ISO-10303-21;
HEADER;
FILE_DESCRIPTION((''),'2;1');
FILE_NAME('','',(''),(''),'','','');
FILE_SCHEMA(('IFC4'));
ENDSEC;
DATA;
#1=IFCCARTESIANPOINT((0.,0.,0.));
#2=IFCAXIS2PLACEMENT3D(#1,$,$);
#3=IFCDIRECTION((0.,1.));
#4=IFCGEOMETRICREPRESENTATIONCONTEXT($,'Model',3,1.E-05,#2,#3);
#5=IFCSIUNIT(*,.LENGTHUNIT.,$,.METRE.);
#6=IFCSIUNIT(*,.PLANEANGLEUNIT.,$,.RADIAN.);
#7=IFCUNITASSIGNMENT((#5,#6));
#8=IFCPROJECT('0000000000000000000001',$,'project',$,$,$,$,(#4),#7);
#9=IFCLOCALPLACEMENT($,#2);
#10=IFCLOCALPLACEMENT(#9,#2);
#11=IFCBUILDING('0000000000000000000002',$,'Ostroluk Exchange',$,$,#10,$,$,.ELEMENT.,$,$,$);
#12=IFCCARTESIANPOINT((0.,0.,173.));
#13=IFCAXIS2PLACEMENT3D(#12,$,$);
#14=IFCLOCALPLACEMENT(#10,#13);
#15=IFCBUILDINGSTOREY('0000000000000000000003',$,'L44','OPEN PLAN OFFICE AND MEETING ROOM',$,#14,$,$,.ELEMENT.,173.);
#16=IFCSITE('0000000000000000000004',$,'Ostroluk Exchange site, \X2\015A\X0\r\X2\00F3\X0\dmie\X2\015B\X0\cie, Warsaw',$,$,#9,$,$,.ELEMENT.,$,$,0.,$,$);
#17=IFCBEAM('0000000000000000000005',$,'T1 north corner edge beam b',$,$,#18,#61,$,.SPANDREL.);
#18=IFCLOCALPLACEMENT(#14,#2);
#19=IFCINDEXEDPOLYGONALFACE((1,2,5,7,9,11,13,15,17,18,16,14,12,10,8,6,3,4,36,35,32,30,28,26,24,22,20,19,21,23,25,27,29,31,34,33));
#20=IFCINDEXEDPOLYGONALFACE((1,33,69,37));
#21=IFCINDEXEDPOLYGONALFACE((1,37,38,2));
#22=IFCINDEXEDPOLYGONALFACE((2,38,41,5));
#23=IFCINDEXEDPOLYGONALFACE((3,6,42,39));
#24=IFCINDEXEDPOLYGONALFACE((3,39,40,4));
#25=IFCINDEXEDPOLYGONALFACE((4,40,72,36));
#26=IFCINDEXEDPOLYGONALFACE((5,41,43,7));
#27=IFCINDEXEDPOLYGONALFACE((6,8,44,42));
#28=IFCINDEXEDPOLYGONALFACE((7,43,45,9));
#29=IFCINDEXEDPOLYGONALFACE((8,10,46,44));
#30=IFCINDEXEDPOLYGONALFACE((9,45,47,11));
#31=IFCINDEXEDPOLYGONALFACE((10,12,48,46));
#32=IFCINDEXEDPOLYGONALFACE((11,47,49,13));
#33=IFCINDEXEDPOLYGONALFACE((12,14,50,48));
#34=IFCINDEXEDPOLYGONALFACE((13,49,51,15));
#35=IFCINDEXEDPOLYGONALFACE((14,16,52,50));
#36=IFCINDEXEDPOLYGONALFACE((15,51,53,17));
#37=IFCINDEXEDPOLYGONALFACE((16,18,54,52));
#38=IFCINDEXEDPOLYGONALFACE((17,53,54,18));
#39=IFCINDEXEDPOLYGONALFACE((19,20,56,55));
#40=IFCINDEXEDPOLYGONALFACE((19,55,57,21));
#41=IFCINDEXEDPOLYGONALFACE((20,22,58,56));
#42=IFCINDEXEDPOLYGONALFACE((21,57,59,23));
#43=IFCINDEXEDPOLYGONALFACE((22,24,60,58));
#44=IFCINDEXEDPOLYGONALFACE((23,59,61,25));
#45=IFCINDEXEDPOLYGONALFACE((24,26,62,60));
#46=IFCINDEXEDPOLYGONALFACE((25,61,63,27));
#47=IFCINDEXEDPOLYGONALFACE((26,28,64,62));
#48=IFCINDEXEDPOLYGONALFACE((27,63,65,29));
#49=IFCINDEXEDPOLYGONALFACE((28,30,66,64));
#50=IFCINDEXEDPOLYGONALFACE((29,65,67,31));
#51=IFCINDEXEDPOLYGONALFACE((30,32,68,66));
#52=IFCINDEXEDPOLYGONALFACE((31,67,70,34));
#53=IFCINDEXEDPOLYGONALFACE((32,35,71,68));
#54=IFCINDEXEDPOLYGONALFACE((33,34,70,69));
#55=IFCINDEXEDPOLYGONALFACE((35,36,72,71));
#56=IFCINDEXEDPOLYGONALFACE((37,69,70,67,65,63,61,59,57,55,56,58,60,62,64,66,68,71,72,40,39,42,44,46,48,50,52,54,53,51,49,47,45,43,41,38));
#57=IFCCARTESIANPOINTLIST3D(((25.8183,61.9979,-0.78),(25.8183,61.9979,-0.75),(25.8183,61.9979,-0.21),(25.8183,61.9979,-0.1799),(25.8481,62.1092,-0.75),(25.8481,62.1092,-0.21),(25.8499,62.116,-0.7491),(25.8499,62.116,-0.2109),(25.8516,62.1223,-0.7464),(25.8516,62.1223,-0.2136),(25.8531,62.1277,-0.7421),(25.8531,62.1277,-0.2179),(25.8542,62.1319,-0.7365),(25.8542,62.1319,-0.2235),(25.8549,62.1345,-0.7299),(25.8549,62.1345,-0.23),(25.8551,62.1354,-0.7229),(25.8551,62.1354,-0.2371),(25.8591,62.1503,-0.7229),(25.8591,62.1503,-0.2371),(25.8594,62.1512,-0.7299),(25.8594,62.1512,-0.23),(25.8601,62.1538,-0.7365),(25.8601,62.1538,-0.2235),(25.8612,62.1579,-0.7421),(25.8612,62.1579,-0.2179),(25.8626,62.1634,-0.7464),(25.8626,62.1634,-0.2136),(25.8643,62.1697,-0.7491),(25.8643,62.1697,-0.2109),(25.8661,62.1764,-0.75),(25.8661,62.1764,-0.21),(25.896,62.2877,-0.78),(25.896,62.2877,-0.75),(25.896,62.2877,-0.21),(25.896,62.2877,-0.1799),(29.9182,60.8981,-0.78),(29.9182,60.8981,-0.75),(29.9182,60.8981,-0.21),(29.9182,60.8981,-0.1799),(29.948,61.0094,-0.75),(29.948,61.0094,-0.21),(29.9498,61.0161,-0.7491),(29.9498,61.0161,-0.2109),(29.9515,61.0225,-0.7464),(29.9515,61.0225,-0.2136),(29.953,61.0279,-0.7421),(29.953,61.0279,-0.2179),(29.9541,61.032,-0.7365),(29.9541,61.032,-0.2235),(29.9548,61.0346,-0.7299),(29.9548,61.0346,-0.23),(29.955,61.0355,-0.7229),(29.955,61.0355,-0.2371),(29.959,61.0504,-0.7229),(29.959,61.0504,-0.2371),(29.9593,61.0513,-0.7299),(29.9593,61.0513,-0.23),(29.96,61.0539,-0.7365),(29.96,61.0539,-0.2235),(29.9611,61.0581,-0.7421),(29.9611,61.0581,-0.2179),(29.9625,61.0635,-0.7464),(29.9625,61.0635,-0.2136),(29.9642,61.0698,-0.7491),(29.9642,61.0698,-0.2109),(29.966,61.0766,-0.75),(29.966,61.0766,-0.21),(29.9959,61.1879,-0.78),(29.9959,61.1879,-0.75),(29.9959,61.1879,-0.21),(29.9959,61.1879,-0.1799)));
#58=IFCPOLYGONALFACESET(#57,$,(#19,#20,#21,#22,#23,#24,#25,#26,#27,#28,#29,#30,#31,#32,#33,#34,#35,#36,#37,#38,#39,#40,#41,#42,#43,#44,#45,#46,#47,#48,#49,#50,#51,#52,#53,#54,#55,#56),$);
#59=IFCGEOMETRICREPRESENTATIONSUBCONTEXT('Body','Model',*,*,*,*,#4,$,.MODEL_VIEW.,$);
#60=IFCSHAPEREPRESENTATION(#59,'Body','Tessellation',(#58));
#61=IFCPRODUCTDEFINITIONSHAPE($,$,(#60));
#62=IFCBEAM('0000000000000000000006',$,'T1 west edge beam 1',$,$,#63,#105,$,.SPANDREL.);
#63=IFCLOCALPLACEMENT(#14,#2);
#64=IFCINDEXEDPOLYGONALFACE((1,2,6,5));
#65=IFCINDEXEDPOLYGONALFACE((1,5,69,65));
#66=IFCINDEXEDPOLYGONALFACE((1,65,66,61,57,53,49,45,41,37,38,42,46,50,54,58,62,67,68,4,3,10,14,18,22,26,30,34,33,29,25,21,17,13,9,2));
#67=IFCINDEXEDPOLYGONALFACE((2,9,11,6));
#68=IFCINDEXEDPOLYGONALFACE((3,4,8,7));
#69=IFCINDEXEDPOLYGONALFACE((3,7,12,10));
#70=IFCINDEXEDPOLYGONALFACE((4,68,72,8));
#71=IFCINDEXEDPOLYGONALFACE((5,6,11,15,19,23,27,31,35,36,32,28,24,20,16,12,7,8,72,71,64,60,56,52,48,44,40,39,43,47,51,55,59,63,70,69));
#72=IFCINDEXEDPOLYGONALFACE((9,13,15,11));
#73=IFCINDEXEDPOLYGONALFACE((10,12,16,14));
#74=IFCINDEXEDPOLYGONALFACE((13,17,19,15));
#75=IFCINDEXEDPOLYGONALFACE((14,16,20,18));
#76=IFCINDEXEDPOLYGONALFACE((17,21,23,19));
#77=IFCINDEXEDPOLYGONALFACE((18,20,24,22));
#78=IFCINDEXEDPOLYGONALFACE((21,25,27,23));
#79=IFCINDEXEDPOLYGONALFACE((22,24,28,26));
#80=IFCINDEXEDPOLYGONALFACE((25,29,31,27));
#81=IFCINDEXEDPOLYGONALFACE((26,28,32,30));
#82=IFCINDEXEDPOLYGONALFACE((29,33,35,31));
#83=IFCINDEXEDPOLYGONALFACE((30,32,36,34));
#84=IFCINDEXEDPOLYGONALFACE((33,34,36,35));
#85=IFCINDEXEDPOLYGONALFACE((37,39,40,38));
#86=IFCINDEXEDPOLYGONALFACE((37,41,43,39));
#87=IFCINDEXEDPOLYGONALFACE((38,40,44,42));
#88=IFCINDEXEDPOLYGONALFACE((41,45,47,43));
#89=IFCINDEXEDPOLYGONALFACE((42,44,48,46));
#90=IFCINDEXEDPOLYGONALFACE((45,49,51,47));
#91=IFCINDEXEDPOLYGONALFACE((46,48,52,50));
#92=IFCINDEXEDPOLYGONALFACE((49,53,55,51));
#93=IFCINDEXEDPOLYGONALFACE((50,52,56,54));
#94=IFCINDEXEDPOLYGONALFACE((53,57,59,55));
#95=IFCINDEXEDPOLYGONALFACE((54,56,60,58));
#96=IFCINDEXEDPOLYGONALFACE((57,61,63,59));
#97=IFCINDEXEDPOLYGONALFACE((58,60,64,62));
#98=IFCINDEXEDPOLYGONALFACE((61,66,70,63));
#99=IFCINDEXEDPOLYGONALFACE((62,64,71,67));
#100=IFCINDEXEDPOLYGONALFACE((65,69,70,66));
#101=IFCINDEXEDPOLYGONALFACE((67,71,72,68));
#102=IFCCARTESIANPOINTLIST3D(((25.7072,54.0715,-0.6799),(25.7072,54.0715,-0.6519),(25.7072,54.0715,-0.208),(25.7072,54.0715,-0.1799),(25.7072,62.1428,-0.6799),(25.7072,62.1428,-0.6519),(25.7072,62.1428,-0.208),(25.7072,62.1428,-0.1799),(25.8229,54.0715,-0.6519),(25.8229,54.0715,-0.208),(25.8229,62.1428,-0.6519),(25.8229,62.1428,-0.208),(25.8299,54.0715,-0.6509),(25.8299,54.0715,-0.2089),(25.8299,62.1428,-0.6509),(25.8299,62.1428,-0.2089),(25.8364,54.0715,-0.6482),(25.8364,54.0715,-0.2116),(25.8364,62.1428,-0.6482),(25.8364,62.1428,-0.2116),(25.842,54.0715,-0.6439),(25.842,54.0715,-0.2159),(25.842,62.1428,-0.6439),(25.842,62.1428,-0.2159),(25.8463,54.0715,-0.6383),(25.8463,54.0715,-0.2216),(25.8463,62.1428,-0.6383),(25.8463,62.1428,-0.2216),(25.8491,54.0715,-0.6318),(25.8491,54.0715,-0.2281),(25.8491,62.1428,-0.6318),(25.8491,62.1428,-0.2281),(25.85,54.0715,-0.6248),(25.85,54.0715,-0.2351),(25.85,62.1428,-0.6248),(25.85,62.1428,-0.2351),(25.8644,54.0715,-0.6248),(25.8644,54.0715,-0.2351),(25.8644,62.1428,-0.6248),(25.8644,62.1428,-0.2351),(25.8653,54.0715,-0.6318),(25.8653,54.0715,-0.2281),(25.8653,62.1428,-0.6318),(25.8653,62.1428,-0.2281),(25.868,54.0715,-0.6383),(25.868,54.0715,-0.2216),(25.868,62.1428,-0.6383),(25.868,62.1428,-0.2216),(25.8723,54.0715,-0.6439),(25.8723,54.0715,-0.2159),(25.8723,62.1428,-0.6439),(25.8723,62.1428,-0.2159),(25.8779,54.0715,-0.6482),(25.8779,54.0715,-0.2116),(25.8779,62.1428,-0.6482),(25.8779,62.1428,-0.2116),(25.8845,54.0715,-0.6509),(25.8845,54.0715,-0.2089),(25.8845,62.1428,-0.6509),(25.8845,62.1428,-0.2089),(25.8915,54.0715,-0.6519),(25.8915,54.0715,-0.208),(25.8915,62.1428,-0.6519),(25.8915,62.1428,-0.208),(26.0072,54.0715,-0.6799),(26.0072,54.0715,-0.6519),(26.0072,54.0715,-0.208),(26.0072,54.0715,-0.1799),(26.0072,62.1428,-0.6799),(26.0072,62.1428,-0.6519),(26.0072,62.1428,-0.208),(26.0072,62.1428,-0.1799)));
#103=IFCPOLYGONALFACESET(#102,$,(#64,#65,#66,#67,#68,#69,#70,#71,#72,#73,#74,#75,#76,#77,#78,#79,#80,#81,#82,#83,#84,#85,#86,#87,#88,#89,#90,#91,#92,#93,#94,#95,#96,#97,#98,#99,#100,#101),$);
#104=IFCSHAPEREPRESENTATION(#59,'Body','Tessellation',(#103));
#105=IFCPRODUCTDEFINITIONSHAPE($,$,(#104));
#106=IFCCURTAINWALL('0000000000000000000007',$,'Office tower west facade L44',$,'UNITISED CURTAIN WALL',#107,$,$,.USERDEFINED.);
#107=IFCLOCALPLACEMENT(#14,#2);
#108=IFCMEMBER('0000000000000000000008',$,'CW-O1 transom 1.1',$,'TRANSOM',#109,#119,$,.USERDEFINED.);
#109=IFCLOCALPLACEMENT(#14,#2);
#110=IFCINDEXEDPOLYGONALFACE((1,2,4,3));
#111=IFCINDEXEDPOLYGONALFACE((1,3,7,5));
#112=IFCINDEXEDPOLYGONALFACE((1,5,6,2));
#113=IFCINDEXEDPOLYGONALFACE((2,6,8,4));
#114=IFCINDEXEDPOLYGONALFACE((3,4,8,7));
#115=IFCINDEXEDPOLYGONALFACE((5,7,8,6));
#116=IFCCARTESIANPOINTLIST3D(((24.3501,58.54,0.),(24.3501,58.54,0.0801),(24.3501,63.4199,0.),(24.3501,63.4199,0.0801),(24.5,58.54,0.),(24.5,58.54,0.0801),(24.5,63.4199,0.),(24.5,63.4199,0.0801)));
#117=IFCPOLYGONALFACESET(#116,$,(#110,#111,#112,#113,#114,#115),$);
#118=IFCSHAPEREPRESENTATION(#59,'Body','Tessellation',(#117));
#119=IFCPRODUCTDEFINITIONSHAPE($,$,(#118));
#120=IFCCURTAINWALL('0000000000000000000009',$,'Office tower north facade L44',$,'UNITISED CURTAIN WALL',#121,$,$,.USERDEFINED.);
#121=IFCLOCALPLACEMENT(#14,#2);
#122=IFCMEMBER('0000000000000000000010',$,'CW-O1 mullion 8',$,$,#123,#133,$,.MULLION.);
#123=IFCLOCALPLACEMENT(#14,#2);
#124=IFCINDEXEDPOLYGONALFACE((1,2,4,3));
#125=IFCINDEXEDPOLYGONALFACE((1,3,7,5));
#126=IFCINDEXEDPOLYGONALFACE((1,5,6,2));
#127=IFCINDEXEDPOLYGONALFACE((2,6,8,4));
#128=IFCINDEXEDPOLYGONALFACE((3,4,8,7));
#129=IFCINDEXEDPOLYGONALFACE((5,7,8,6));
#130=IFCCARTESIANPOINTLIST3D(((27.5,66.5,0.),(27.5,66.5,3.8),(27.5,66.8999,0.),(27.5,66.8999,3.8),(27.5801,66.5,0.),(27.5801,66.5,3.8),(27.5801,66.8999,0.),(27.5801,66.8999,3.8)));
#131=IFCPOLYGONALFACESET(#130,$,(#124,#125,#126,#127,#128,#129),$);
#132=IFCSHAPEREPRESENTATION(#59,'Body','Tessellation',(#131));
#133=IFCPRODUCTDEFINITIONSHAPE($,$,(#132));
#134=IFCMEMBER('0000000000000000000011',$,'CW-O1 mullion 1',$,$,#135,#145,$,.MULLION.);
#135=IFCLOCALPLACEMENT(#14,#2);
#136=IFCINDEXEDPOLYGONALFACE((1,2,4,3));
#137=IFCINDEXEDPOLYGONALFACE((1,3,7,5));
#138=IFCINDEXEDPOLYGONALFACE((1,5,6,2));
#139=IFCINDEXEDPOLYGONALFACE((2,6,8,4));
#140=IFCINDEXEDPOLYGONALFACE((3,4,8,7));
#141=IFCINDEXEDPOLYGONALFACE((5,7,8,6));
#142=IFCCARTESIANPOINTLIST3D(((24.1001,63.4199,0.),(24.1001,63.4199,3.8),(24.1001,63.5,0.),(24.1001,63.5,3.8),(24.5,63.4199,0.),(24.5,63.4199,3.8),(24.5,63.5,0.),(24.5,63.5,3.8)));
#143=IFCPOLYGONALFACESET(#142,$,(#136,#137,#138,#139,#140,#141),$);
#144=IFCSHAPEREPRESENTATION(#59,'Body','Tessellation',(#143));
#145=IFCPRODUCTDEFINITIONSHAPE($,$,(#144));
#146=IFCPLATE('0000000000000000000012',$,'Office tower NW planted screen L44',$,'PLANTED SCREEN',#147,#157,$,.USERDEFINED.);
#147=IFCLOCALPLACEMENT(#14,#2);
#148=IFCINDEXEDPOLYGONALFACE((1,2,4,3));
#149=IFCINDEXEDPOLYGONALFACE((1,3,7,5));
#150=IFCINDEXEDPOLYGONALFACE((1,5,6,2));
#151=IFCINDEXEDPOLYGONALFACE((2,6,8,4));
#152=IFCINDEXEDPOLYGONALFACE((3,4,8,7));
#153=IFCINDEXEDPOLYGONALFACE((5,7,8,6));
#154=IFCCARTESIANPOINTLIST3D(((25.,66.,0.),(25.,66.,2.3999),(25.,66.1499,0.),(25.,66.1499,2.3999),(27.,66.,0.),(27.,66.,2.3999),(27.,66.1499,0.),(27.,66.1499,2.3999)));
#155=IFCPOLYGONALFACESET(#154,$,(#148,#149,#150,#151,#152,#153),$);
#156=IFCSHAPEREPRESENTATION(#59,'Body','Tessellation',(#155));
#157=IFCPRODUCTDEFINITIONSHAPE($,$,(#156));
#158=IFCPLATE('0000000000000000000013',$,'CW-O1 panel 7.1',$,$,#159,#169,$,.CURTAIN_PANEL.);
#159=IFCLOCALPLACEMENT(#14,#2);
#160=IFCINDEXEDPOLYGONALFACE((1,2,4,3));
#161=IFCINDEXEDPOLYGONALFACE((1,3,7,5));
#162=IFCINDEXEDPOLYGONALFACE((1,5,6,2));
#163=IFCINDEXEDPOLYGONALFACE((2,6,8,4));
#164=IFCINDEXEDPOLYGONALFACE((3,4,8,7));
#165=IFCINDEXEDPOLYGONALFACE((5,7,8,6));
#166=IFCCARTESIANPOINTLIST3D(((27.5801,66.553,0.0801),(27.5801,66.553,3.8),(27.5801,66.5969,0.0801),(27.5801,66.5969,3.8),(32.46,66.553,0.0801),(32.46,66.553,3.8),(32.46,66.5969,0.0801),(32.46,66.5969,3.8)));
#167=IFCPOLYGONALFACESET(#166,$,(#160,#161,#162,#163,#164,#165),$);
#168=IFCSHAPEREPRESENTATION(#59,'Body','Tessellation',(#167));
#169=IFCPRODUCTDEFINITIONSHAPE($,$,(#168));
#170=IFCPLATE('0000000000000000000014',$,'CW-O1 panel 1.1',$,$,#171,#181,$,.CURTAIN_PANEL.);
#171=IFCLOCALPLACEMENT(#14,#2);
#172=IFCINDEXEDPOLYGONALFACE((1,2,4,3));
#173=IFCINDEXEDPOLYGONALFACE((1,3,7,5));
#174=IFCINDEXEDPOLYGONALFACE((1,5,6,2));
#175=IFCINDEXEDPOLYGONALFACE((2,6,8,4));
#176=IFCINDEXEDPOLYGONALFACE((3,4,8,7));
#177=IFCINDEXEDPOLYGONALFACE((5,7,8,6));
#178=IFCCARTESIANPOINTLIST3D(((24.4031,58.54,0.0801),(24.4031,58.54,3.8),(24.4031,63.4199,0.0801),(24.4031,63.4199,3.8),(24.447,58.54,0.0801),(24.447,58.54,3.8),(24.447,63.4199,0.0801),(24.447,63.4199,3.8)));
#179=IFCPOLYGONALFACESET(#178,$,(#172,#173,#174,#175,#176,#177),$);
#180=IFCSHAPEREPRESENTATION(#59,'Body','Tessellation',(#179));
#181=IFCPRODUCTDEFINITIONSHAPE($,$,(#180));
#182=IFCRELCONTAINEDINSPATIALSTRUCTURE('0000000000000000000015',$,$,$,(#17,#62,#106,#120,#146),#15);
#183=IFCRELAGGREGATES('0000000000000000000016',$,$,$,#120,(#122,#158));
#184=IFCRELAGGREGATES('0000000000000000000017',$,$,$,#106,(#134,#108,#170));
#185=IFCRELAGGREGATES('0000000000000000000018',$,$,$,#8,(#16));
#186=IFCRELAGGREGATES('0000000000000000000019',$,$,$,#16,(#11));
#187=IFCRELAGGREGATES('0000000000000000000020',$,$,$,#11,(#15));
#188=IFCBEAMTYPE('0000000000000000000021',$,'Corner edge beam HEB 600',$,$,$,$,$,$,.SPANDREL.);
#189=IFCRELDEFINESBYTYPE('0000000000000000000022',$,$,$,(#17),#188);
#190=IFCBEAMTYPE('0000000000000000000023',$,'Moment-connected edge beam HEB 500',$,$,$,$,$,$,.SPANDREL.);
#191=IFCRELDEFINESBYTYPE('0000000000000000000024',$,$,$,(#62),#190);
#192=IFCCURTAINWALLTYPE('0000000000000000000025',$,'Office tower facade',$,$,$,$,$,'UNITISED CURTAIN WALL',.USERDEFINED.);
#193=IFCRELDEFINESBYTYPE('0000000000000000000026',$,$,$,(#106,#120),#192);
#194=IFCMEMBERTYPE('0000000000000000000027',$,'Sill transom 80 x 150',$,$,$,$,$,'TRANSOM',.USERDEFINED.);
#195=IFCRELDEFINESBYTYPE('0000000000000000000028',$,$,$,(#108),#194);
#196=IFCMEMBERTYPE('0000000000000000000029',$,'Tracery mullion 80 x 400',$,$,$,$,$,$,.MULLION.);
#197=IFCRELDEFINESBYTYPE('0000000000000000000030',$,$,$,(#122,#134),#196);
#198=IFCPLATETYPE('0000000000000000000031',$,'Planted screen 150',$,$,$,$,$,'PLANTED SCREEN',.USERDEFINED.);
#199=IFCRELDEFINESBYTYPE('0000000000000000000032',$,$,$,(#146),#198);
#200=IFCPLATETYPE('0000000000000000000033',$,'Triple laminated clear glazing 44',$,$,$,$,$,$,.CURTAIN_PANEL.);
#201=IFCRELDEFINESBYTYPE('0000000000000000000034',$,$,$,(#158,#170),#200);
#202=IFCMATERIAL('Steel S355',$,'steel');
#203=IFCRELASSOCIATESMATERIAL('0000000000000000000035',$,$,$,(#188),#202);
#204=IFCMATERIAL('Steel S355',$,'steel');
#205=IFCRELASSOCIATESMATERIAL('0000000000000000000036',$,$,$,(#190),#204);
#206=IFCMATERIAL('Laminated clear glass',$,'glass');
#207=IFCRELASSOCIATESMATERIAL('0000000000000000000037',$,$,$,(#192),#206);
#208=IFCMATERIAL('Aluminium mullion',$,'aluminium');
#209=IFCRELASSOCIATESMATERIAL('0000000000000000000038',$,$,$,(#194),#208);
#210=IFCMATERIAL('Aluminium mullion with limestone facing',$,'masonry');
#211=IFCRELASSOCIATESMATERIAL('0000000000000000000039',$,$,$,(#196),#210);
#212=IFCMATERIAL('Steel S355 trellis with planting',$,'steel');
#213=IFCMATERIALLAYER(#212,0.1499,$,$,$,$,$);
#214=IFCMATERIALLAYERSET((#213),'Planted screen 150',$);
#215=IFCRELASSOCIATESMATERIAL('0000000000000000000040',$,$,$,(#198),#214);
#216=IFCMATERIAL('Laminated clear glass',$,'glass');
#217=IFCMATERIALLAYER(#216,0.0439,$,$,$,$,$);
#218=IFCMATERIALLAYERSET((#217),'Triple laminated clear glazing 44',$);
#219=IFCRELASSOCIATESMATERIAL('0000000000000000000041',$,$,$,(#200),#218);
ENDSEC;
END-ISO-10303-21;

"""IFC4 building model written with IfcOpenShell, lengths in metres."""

from ifc_helpers import new_model, si_unit, direction, frame, origin, origin_2d, place, context, subcontext, project, spatial, rectangle, i_section, extrude, material, layer, layer_set, material_profile, profile_set, type_object, element, aggregate, save


model = new_model("IFC4")

# Units and contexts
model_context = context("Model", 3, precision=1e-05, world=origin(), true_north=direction((0.0, 1.0)))
body_context = subcontext(model_context, "Body", "Model", "MODEL_VIEW")
ifc_project = project(units=[si_unit("LENGTHUNIT", "METRE"), si_unit("PLANEANGLEUNIT", "RADIAN")], contexts=[model_context])

# Site, building, storey
site_placement = place(None, origin())
site = spatial("IfcSite", under=ifc_project, at=site_placement, Name="Ostroluk Exchange site, Śródmieście, Warsaw", CompositionType="ELEMENT", RefElevation=0.0)
building_placement = place(site_placement, origin())
building = spatial("IfcBuilding", under=site, at=building_placement, Name="Ostroluk Exchange", CompositionType="ELEMENT")
storey_placement = place(building_placement, frame((0.0, 0.0, 173.0)))
storey = spatial("IfcBuildingStorey", under=building, at=storey_placement, Name="L44", Description="OPEN PLAN OFFICE AND MEETING ROOM", CompositionType="ELEMENT", Elevation=173.0)

# Beams
ifc_material_1 = material(Name="Steel S355", Category="steel")
ifc_material_profile_1 = material_profile(ifc_material_1, i_section(OverallWidth=0.3, OverallDepth=0.6001, WebThickness=0.0154, FlangeThickness=0.03, FilletRadius=0.0271, at=origin_2d()), Name="HEB 600")
ifc_profile_set_1 = profile_set([ifc_material_profile_1], Name="Steel S355")
beam_type_1 = type_object("IfcBeamType", Name="Corner edge beam HEB 600", PredefinedType="SPANDREL", material=ifc_profile_set_1)
for number, where, z_axis, x_axis, name in (
    (1, (29.957, 61.043, -0.48), (-0.965849, 0.259105, 0.0), (-0.259105, -0.965849, 0.0), "T1 north corner edge beam b"),
):
    element("IfcBeam", number, at=place(storey_placement, frame(where, z_axis=z_axis, x_axis=x_axis)), inside=storey, type_object=beam_type_1, Name=name, PredefinedType="SPANDREL", context=body_context, shape_type="SweptSolid", body=[
        extrude(i_section(OverallWidth=0.3, OverallDepth=0.6001, WebThickness=0.0154, FlangeThickness=0.03, FilletRadius=0.0271, at=origin_2d()), origin(), (0.0, 0.0, 1.0), 4.2449),
    ])
ifc_material_2 = material(Name="Steel S355", Category="steel")
ifc_material_profile_2 = material_profile(ifc_material_2, i_section(OverallWidth=0.3, OverallDepth=0.5, WebThickness=0.0144, FlangeThickness=0.0281, FilletRadius=0.0271, at=origin_2d()), Name="HEB 500")
ifc_profile_set_2 = profile_set([ifc_material_profile_2], Name="Steel S355")
beam_type_2 = type_object("IfcBeamType", Name="Moment-connected edge beam HEB 500", PredefinedType="SPANDREL", material=ifc_profile_set_2)
beam_1_placement = place(storey_placement, frame((25.8572, 62.1428, -0.4299), z_axis=(0.0, -1.0, 0.0), x_axis=(1.0, 0.0, 0.0)))
element("IfcBeam", 2, at=beam_1_placement, inside=storey, type_object=beam_type_2, Name="T1 west edge beam 1", PredefinedType="SPANDREL", context=body_context, shape_type="SweptSolid", body=[
    extrude(i_section(OverallWidth=0.3, OverallDepth=0.5, WebThickness=0.0144, FlangeThickness=0.0281, FilletRadius=0.0271, at=origin_2d()), origin(), (0.0, 0.0, 1.0), 8.0713),
])

# Curtain walls, members
ifc_material_3 = material(Name="Laminated clear glass", Category="glass")
curtain_wall_type = type_object("IfcCurtainWallType", Name="Office tower facade", ElementType="UNITISED CURTAIN WALL", PredefinedType="USERDEFINED", material=ifc_material_3)
curtain_wall_1_placement = place(storey_placement, origin())
curtain_wall_1 = element("IfcCurtainWall", 3, at=curtain_wall_1_placement, inside=storey, type_object=curtain_wall_type, Name="Office tower west facade L44", ObjectType="UNITISED CURTAIN WALL", PredefinedType="USERDEFINED")
ifc_material_4 = material(Name="Aluminium mullion", Category="aluminium")
ifc_material_profile_3 = material_profile(ifc_material_4, rectangle(XDim=0.1499, YDim=0.0801, at=origin_2d()), Name="Sill transom 80 x 150")
ifc_profile_set_3 = profile_set([ifc_material_profile_3], Name="Aluminium mullion")
member_type_1 = type_object("IfcMemberType", Name="Sill transom 80 x 150", ElementType="TRANSOM", PredefinedType="USERDEFINED", material=ifc_profile_set_3)
member_1_placement = place(storey_placement, frame((24.425, 63.4199, 0.04), z_axis=(0.0, -1.0, 0.0), x_axis=(1.0, 0.0, 0.0)))
member_1 = element("IfcMember", 4, at=member_1_placement, type_object=member_type_1, Name="CW-O1 transom 1.1", ObjectType="TRANSOM", PredefinedType="USERDEFINED", context=body_context, shape_type="SweptSolid", body=[
    extrude(rectangle(XDim=0.1499, YDim=0.0801, at=origin_2d()), origin(), (0.0, 0.0, 1.0), 4.8799),
])
curtain_wall_2_placement = place(storey_placement, origin())
curtain_wall_2 = element("IfcCurtainWall", 5, at=curtain_wall_2_placement, inside=storey, type_object=curtain_wall_type, Name="Office tower north facade L44", ObjectType="UNITISED CURTAIN WALL", PredefinedType="USERDEFINED")
ifc_material_5 = material(Name="Aluminium mullion with limestone facing", Category="masonry")
ifc_material_profile_4 = material_profile(ifc_material_5, rectangle(XDim=0.3999, YDim=0.0801, at=origin_2d()), Name="Tracery mullion 80 x 400")
ifc_profile_set_4 = profile_set([ifc_material_profile_4], Name="Aluminium mullion with limestone facing")
member_type_2 = type_object("IfcMemberType", Name="Tracery mullion 80 x 400", PredefinedType="MULLION", material=ifc_profile_set_4)
member_2_placement = place(storey_placement, frame((27.54, 66.7, 0.0), z_axis=(0.0, 0.0, 1.0), x_axis=(0.0, -1.0, 0.0)))
member_2 = element("IfcMember", 6, at=member_2_placement, type_object=member_type_2, Name="CW-O1 mullion 8", PredefinedType="MULLION", context=body_context, shape_type="SweptSolid", body=[
    extrude(rectangle(XDim=0.3999, YDim=0.0801, at=origin_2d()), origin(), (0.0, 0.0, 1.0), 3.8),
])

# Member
member_3_placement = place(storey_placement, frame((24.3, 63.46, 0.0), z_axis=(0.0, 0.0, 1.0), x_axis=(1.0, 0.0, 0.0)))
member_3 = element("IfcMember", 7, at=member_3_placement, type_object=member_type_2, Name="CW-O1 mullion 1", PredefinedType="MULLION", context=body_context, shape_type="SweptSolid", body=[
    extrude(rectangle(XDim=0.3999, YDim=0.0801, at=origin_2d()), origin(), (0.0, 0.0, 1.0), 3.8),
])

# Plates
ifc_material_6 = material(Name="Steel S355 trellis with planting", Category="steel")
ifc_layer_1 = layer(ifc_material_6, 0.1499)
ifc_layer_set_1 = layer_set([ifc_layer_1], Name="Planted screen 150")
plate_type_1 = type_object("IfcPlateType", Name="Planted screen 150", ElementType="PLANTED SCREEN", PredefinedType="USERDEFINED", material=ifc_layer_set_1)
plate_1_placement = place(storey_placement, frame((26.0, 66.075, 0.0), z_axis=(0.0, 0.0, 1.0), x_axis=(1.0, 0.0, 0.0)))
element("IfcPlate", 8, at=plate_1_placement, inside=storey, type_object=plate_type_1, Name="Office tower NW planted screen L44", ObjectType="PLANTED SCREEN", PredefinedType="USERDEFINED", context=body_context, shape_type="SweptSolid", body=[
    extrude(rectangle(XDim=2.0, YDim=0.1499, at=origin_2d()), origin(), (0.0, 0.0, 1.0), 2.3999),
])
ifc_material_7 = material(Name="Laminated clear glass", Category="glass")
ifc_layer_2 = layer(ifc_material_7, 0.0439)
ifc_layer_set_2 = layer_set([ifc_layer_2], Name="Triple laminated clear glazing 44")
plate_type_2 = type_object("IfcPlateType", Name="Triple laminated clear glazing 44", PredefinedType="CURTAIN_PANEL", material=ifc_layer_set_2)
plate_2_placement = place(storey_placement, frame((30.02, 66.575, 0.0801), z_axis=(0.0, 0.0, 1.0), x_axis=(-1.0, 0.0, 0.0)))
plate_2 = element("IfcPlate", 9, at=plate_2_placement, type_object=plate_type_2, Name="CW-O1 panel 7.1", PredefinedType="CURTAIN_PANEL", context=body_context, shape_type="SweptSolid", body=[
    extrude(rectangle(XDim=4.8799, YDim=0.0439, at=origin_2d()), origin(), (0.0, 0.0, 1.0), 3.72),
])
aggregate(curtain_wall_2, [member_2, plate_2])
plate_3_placement = place(storey_placement, frame((24.425, 60.98, 0.0801), z_axis=(0.0, 0.0, 1.0), x_axis=(0.0, -1.0, 0.0)))
plate_3 = element("IfcPlate", 10, at=plate_3_placement, type_object=plate_type_2, Name="CW-O1 panel 1.1", PredefinedType="CURTAIN_PANEL", context=body_context, shape_type="SweptSolid", body=[
    extrude(rectangle(XDim=4.8799, YDim=0.0439, at=origin_2d()), origin(), (0.0, 0.0, 1.0), 3.72),
])
aggregate(curtain_wall_1, [member_3, member_1, plate_3])

save(model, "model.ifc")
